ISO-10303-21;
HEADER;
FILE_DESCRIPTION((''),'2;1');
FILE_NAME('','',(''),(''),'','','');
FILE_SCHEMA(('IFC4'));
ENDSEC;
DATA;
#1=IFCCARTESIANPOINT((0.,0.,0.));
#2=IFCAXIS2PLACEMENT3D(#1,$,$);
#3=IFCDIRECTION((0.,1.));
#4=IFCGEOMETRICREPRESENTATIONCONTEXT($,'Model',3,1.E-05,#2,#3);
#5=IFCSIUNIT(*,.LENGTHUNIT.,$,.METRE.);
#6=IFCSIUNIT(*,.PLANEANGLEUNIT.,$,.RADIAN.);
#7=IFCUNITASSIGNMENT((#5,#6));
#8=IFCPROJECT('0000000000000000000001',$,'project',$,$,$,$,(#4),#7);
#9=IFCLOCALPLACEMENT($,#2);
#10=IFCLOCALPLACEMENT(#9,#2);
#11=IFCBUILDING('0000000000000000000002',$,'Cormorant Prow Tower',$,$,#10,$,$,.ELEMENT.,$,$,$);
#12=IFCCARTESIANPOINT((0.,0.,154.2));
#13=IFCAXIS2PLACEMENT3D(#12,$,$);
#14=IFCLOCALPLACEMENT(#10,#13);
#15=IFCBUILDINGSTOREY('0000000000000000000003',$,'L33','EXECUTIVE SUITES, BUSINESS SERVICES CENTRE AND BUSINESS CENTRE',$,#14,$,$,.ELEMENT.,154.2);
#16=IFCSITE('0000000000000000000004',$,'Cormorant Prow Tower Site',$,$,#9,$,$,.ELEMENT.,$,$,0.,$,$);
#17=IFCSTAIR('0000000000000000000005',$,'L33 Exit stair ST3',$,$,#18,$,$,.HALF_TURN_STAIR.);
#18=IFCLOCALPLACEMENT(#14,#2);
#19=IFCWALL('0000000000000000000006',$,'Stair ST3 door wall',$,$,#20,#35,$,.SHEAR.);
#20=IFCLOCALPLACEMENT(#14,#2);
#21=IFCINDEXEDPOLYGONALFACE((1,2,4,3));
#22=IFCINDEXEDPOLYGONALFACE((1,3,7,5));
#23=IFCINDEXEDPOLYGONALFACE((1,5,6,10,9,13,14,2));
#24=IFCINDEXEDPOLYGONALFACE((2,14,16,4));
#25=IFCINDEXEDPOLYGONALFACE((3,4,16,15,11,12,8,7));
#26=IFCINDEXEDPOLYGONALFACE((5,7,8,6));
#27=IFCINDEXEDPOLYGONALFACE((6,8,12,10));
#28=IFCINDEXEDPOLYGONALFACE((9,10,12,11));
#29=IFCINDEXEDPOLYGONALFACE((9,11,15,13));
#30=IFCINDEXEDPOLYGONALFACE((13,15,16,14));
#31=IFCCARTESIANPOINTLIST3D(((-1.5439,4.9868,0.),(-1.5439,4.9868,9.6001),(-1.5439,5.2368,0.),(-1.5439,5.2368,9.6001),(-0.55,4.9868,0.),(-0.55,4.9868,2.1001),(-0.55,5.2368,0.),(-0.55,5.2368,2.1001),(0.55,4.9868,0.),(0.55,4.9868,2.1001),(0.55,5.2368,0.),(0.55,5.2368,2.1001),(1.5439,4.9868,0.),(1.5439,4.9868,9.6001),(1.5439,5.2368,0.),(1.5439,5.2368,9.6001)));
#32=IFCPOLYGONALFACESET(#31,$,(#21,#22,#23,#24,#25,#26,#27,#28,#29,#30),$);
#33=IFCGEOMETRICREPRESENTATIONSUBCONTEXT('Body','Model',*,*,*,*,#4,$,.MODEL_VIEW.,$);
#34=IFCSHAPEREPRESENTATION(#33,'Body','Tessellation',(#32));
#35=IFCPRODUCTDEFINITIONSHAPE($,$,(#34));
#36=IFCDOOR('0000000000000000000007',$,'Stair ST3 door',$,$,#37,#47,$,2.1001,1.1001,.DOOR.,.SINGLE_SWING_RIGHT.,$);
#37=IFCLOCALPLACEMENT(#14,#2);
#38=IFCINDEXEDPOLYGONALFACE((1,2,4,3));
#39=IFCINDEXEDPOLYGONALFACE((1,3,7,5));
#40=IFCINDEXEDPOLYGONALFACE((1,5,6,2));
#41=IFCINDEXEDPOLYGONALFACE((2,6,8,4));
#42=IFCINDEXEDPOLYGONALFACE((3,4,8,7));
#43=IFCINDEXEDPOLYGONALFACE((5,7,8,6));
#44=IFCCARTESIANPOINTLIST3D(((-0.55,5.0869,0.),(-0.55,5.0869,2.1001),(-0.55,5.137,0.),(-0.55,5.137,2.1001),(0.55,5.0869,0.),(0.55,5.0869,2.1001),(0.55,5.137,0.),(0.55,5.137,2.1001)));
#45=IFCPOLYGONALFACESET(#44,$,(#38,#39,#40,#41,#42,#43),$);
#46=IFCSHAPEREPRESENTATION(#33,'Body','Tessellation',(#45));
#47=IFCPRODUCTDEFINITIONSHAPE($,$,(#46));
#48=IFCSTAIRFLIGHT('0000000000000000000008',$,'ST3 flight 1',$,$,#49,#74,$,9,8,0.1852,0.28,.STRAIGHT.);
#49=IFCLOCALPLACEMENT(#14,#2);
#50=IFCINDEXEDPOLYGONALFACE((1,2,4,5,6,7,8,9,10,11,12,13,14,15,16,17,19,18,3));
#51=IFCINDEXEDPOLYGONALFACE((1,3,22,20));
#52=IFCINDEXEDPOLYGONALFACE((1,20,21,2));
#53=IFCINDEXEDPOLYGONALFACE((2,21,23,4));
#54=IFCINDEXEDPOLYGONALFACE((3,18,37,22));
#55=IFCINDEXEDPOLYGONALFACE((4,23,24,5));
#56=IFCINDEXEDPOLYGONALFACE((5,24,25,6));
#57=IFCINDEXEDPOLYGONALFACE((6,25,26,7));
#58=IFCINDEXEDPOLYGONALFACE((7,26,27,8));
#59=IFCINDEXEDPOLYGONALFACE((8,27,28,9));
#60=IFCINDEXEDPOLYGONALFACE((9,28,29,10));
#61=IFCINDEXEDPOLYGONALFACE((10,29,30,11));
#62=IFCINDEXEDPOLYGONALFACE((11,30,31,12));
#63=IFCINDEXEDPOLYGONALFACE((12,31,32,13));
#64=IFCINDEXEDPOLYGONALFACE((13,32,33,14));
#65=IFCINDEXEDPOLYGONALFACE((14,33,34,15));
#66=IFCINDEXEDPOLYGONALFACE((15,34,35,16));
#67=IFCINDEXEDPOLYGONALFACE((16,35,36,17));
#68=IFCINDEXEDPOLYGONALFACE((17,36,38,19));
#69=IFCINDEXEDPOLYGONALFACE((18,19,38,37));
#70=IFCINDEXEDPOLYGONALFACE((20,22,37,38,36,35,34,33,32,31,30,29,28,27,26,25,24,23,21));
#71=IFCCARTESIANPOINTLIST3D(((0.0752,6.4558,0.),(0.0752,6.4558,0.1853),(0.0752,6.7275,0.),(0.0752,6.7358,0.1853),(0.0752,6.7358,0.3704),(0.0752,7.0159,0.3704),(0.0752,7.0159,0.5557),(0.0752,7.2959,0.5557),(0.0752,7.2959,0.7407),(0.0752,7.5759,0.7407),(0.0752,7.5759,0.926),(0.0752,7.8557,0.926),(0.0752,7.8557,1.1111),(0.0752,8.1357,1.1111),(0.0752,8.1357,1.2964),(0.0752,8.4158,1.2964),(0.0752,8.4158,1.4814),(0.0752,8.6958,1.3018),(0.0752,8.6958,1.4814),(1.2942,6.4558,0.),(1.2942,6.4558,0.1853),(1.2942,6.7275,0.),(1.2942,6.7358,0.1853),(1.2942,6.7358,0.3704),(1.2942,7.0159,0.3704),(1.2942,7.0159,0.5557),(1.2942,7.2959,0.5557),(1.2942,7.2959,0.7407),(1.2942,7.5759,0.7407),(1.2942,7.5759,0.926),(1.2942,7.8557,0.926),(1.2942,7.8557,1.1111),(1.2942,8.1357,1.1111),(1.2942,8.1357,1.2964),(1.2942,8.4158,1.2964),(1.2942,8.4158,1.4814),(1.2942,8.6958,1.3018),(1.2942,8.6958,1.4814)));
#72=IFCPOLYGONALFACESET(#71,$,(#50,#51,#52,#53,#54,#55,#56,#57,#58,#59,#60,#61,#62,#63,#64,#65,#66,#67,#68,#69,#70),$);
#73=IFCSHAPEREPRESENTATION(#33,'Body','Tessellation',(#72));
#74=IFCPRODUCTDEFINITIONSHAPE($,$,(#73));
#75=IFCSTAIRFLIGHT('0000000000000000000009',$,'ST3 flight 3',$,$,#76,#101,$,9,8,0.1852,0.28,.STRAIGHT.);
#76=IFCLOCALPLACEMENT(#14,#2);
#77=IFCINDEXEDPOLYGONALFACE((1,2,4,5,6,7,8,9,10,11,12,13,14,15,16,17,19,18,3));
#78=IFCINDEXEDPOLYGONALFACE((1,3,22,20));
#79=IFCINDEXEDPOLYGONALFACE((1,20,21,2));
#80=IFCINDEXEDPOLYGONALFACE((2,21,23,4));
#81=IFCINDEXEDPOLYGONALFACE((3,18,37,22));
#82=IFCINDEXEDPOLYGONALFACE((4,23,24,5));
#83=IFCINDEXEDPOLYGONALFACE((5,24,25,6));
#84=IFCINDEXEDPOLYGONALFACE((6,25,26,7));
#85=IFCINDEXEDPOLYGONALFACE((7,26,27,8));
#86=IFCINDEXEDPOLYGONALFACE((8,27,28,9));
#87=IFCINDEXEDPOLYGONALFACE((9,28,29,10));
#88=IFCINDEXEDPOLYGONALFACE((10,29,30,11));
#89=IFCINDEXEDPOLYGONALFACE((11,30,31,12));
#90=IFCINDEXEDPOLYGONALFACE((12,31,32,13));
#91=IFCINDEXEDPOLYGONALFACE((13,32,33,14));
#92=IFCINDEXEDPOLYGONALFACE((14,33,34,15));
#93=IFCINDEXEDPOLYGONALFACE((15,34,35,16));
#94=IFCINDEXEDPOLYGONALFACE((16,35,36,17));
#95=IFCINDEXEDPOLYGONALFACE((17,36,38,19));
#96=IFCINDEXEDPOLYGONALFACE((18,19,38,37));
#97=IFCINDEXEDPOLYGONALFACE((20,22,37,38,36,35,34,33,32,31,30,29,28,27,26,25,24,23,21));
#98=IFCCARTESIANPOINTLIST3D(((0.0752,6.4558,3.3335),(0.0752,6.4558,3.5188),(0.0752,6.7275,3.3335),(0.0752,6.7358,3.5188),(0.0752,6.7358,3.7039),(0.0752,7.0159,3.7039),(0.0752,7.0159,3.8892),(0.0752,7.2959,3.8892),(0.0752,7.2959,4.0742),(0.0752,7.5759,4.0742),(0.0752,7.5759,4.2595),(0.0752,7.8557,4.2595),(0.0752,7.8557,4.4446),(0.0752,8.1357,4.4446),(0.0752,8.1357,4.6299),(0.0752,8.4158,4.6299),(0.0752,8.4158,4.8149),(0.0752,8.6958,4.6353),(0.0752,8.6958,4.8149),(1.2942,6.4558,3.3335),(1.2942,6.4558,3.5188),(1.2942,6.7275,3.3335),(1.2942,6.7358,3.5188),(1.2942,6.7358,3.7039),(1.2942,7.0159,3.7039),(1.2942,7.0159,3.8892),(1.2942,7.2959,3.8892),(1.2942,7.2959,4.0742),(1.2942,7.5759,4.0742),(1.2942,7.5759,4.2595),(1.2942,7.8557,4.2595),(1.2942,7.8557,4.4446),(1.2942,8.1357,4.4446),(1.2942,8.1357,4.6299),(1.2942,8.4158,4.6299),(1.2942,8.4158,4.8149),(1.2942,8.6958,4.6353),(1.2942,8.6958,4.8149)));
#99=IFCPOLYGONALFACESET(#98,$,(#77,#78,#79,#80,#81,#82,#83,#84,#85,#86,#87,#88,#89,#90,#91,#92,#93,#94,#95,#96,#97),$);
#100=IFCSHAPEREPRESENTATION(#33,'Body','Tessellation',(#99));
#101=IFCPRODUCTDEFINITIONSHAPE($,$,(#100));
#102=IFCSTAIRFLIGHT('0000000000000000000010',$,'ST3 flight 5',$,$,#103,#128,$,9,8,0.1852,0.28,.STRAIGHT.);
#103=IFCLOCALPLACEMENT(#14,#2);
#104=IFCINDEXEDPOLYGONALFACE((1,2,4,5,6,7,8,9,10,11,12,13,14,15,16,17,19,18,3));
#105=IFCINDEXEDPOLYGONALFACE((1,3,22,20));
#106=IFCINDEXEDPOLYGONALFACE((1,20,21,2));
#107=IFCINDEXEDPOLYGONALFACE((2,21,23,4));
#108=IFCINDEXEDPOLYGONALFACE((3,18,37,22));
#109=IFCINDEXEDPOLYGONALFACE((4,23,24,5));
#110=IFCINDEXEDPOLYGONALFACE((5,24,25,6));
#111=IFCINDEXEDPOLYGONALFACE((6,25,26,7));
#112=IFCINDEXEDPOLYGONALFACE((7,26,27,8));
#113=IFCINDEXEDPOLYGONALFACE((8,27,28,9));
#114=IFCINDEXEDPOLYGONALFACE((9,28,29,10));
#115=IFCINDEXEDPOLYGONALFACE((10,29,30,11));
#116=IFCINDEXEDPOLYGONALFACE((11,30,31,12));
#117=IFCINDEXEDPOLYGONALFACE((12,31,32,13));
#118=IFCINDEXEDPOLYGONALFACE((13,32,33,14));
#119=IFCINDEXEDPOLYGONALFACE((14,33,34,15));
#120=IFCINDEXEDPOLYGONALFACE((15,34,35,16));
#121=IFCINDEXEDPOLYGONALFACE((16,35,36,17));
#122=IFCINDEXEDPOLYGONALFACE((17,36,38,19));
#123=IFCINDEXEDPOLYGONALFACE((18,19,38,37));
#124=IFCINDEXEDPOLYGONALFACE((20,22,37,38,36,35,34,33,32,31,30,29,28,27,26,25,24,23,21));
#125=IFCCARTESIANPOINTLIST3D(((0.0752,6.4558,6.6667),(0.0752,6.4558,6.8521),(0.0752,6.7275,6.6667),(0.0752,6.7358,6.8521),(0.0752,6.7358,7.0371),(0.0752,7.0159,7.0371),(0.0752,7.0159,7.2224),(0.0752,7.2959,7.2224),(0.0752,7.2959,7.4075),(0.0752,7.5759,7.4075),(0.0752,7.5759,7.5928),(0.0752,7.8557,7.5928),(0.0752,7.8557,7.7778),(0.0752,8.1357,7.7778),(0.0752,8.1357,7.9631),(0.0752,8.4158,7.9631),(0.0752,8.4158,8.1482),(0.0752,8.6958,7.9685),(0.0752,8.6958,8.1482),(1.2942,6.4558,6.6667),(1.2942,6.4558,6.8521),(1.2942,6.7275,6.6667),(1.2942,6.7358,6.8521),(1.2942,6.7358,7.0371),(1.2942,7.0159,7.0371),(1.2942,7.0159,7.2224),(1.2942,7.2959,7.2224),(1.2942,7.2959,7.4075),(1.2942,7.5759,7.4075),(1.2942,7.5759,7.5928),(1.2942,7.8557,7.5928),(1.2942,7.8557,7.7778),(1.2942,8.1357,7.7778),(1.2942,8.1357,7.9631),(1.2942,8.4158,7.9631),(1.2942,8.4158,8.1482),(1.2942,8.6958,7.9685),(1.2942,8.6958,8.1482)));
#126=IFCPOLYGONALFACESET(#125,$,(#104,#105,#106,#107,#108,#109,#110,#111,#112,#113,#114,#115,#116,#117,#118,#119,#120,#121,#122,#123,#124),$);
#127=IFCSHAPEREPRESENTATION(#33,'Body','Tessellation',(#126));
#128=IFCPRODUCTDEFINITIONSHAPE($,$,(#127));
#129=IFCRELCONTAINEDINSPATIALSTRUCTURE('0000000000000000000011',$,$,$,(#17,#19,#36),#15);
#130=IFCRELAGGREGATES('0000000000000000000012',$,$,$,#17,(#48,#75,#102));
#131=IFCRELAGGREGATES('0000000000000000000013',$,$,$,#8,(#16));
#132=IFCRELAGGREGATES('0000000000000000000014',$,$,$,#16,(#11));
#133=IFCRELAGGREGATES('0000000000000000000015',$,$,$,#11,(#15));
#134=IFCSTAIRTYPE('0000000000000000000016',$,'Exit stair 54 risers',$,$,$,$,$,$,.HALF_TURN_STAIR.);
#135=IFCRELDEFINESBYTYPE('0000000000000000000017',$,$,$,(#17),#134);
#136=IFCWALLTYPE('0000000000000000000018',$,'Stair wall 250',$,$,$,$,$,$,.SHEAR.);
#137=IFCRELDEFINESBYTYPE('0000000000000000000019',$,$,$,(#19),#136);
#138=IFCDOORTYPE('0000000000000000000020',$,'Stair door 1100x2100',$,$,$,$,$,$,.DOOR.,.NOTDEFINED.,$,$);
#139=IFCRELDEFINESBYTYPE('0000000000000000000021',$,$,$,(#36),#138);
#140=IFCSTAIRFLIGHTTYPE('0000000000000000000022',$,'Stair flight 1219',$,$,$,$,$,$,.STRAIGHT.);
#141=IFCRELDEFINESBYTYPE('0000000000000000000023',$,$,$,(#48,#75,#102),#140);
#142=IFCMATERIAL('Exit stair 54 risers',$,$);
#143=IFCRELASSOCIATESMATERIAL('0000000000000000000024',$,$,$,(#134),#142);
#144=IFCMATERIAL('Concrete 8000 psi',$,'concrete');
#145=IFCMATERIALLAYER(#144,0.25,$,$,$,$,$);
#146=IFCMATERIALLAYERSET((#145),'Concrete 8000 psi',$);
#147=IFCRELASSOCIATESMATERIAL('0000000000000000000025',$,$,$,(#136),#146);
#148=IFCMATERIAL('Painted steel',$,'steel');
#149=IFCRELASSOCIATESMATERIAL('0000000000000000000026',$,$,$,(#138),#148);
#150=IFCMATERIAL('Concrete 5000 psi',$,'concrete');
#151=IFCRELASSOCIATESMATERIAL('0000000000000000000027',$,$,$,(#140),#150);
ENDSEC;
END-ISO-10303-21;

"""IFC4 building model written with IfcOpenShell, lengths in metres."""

from ifc_helpers import new_model, si_unit, direction, frame, frame_2d, origin, place, context, subcontext, project, spatial, polyline, rectangle, outline, extrude, material, layer, layer_set, type_object, element, fill, aggregate, save


model = new_model("IFC4")

# Units and contexts
model_context = context("Model", 3, precision=1e-05, world=origin(), true_north=direction((0.0, 1.0)))
body_context = subcontext(model_context, "Body", "Model", "MODEL_VIEW")
ifc_project = project(units=[si_unit("LENGTHUNIT", "METRE"), si_unit("PLANEANGLEUNIT", "RADIAN")], contexts=[model_context])

# Site, building, storey
site_placement = place(None, origin())
site = spatial("IfcSite", under=ifc_project, at=site_placement, Name="Cormorant Prow Tower Site", CompositionType="ELEMENT", RefElevation=0.0)
building_placement = place(site_placement, origin())
building = spatial("IfcBuilding", under=site, at=building_placement, Name="Cormorant Prow Tower", CompositionType="ELEMENT")
storey_placement = place(building_placement, frame((0.0, 0.0, 154.2)))
storey = spatial("IfcBuildingStorey", under=building, at=storey_placement, Name="L33", Description="EXECUTIVE SUITES, BUSINESS SERVICES CENTRE AND BUSINESS CENTRE", CompositionType="ELEMENT", Elevation=154.2)

# Stair
ifc_material_1 = material(Name="Exit stair 54 risers")
stair_type = type_object("IfcStairType", Name="Exit stair 54 risers", PredefinedType="HALF_TURN_STAIR", material=ifc_material_1)
stair_1_placement = place(storey_placement, origin())
stair_1 = element("IfcStair", 1, at=stair_1_placement, inside=storey, type_object=stair_type, Name="L33 Exit stair ST3", PredefinedType="HALF_TURN_STAIR")

# Wall, opening, door
ifc_material_2 = material(Name="Concrete 8000 psi", Category="concrete")
ifc_layer_1 = layer(ifc_material_2, 0.25)
ifc_layer_set_1 = layer_set([ifc_layer_1], Name="Concrete 8000 psi")
wall_type_1 = type_object("IfcWallType", Name="Stair wall 250", PredefinedType="SHEAR", material=ifc_layer_set_1)
wall_1_placement = place(storey_placement, frame((1.5439, 5.1118, 0.0), z_axis=(0.0, 0.0, 1.0), x_axis=(-1.0, 0.0, 0.0)))
wall_1 = element("IfcWall", 2, at=wall_1_placement, inside=storey, type_object=wall_type_1, Name="Stair ST3 door wall", PredefinedType="SHEAR", context=body_context, shape_type="SweptSolid", body=[
    extrude(rectangle(XDim=3.0879, YDim=0.25, at=frame_2d((1.5439, 0.0))), origin(), (0.0, 0.0, 1.0), 9.6001),
])
opening_1_placement = place(wall_1_placement, frame((0.9939, 0.0, 0.0)))
opening_1 = element("IfcOpeningElement", 3, at=opening_1_placement, cuts=wall_1, PredefinedType="OPENING", context=body_context, shape_type="SweptSolid", body=[
    extrude(rectangle(XDim=1.1001, YDim=2.1001, at=frame_2d((0.55, 1.05))), frame((0.0, 0.135, 0.0), z_axis=(0.0, -1.0, 0.0), x_axis=(1.0, 0.0, 0.0)), (0.0, 0.0, 1.0), 0.27),
])
ifc_material_3 = material(Name="Painted steel", Category="steel")
door_type_1 = type_object("IfcDoorType", Name="Stair door 1100x2100", OperationType="NOTDEFINED", PredefinedType="DOOR", material=ifc_material_3)
door_1_placement = place(opening_1_placement, origin())
door_1 = element("IfcDoor", 4, at=door_1_placement, inside=storey, type_object=door_type_1, Name="Stair ST3 door", OperationType="SINGLE_SWING_RIGHT", OverallHeight=2.1001, OverallWidth=1.1001, PredefinedType="DOOR", context=body_context, shape_type="SweptSolid", body=[
    extrude(rectangle(XDim=1.1001, YDim=2.1001, at=frame_2d((0.55, 1.05))), frame((0.0, 0.0249, 0.0), z_axis=(0.0, -1.0, 0.0), x_axis=(1.0, 0.0, 0.0)), (0.0, 0.0, 1.0), 0.05),
])
fill(opening_1, door_1)

# Stair flights
ifc_material_4 = material(Name="Concrete 5000 psi", Category="concrete")
stair_flight_type = type_object("IfcStairFlightType", Name="Stair flight 1219", PredefinedType="STRAIGHT", material=ifc_material_4)
stair_flight_1_placement = place(storey_placement, frame((0.6846, 6.4558, 0.0), z_axis=(0.0, 0.0, 1.0), x_axis=(0.0, 1.0, 0.0)))
stair_flight_1 = element("IfcStairFlight", 5, at=stair_flight_1_placement, type_object=stair_flight_type, Name="ST3 flight 1", NumberOfRisers=9, NumberOfTreads=8, PredefinedType="STRAIGHT", RiserHeight=0.1852, TreadLength=0.28, context=body_context, shape_type="SweptSolid", body=[
    extrude(outline(polyline([(0.0, 0.0), (0.0, 0.1853), (0.28, 0.1853), (0.28, 0.3704), (0.5601, 0.3704), (0.5601, 0.5557), (0.8401, 0.5557), (0.8401, 0.7407), (1.1201, 0.7407), (1.1201, 0.926), (1.3999, 0.926), (1.3999, 1.1111), (1.6799, 1.1111), (1.6799, 1.2964), (1.96, 1.2964), (1.96, 1.4814), (2.24, 1.4814), (2.24, 1.6667), (2.24, 1.3018), (0.2717, 0.0), (0.0, 0.0)])), frame((0.0, 0.6094, 0.0), z_axis=(0.0, -1.0, 0.0), x_axis=(1.0, 0.0, 0.0)), (0.0, 0.0, 1.0), 1.219),
])
stair_flight_2_placement = place(storey_placement, frame((0.6846, 6.4558, 3.3335), z_axis=(0.0, 0.0, 1.0), x_axis=(0.0, 1.0, 0.0)))
stair_flight_2 = element("IfcStairFlight", 6, at=stair_flight_2_placement, type_object=stair_flight_type, Name="ST3 flight 3", NumberOfRisers=9, NumberOfTreads=8, PredefinedType="STRAIGHT", RiserHeight=0.1852, TreadLength=0.28, context=body_context, shape_type="SweptSolid", body=[
    extrude(outline(polyline([(0.0, 0.0), (0.0, 0.1853), (0.28, 0.1853), (0.28, 0.3704), (0.5601, 0.3704), (0.5601, 0.5557), (0.8401, 0.5557), (0.8401, 0.7407), (1.1201, 0.7407), (1.1201, 0.926), (1.3999, 0.926), (1.3999, 1.1111), (1.6799, 1.1111), (1.6799, 1.2964), (1.96, 1.2964), (1.96, 1.4814), (2.24, 1.4814), (2.24, 1.6667), (2.24, 1.3018), (0.2717, 0.0), (0.0, 0.0)])), frame((0.0, 0.6094, 0.0), z_axis=(0.0, -1.0, 0.0), x_axis=(1.0, 0.0, 0.0)), (0.0, 0.0, 1.0), 1.219),
])
stair_flight_3_placement = place(storey_placement, frame((0.6846, 6.4558, 6.6667), z_axis=(0.0, 0.0, 1.0), x_axis=(0.0, 1.0, 0.0)))
stair_flight_3 = element("IfcStairFlight", 7, at=stair_flight_3_placement, type_object=stair_flight_type, Name="ST3 flight 5", NumberOfRisers=9, NumberOfTreads=8, PredefinedType="STRAIGHT", RiserHeight=0.1852, TreadLength=0.28, context=body_context, shape_type="SweptSolid", body=[
    extrude(outline(polyline([(0.0, 0.0), (0.0, 0.1853), (0.28, 0.1853), (0.28, 0.3704), (0.5601, 0.3704), (0.5601, 0.5557), (0.8401, 0.5557), (0.8401, 0.7407), (1.1201, 0.7407), (1.1201, 0.926), (1.3999, 0.926), (1.3999, 1.1111), (1.6799, 1.1111), (1.6799, 1.2964), (1.96, 1.2964), (1.96, 1.4814), (2.24, 1.4814), (2.24, 1.6667), (2.24, 1.3018), (0.2717, 0.0), (0.0, 0.0)])), frame((0.0, 0.6094, 0.0), z_axis=(0.0, -1.0, 0.0), x_axis=(1.0, 0.0, 0.0)), (0.0, 0.0, 1.0), 1.219),
])
aggregate(stair_1, [stair_flight_1, stair_flight_2, stair_flight_3])

save(model, "model.ifc")
